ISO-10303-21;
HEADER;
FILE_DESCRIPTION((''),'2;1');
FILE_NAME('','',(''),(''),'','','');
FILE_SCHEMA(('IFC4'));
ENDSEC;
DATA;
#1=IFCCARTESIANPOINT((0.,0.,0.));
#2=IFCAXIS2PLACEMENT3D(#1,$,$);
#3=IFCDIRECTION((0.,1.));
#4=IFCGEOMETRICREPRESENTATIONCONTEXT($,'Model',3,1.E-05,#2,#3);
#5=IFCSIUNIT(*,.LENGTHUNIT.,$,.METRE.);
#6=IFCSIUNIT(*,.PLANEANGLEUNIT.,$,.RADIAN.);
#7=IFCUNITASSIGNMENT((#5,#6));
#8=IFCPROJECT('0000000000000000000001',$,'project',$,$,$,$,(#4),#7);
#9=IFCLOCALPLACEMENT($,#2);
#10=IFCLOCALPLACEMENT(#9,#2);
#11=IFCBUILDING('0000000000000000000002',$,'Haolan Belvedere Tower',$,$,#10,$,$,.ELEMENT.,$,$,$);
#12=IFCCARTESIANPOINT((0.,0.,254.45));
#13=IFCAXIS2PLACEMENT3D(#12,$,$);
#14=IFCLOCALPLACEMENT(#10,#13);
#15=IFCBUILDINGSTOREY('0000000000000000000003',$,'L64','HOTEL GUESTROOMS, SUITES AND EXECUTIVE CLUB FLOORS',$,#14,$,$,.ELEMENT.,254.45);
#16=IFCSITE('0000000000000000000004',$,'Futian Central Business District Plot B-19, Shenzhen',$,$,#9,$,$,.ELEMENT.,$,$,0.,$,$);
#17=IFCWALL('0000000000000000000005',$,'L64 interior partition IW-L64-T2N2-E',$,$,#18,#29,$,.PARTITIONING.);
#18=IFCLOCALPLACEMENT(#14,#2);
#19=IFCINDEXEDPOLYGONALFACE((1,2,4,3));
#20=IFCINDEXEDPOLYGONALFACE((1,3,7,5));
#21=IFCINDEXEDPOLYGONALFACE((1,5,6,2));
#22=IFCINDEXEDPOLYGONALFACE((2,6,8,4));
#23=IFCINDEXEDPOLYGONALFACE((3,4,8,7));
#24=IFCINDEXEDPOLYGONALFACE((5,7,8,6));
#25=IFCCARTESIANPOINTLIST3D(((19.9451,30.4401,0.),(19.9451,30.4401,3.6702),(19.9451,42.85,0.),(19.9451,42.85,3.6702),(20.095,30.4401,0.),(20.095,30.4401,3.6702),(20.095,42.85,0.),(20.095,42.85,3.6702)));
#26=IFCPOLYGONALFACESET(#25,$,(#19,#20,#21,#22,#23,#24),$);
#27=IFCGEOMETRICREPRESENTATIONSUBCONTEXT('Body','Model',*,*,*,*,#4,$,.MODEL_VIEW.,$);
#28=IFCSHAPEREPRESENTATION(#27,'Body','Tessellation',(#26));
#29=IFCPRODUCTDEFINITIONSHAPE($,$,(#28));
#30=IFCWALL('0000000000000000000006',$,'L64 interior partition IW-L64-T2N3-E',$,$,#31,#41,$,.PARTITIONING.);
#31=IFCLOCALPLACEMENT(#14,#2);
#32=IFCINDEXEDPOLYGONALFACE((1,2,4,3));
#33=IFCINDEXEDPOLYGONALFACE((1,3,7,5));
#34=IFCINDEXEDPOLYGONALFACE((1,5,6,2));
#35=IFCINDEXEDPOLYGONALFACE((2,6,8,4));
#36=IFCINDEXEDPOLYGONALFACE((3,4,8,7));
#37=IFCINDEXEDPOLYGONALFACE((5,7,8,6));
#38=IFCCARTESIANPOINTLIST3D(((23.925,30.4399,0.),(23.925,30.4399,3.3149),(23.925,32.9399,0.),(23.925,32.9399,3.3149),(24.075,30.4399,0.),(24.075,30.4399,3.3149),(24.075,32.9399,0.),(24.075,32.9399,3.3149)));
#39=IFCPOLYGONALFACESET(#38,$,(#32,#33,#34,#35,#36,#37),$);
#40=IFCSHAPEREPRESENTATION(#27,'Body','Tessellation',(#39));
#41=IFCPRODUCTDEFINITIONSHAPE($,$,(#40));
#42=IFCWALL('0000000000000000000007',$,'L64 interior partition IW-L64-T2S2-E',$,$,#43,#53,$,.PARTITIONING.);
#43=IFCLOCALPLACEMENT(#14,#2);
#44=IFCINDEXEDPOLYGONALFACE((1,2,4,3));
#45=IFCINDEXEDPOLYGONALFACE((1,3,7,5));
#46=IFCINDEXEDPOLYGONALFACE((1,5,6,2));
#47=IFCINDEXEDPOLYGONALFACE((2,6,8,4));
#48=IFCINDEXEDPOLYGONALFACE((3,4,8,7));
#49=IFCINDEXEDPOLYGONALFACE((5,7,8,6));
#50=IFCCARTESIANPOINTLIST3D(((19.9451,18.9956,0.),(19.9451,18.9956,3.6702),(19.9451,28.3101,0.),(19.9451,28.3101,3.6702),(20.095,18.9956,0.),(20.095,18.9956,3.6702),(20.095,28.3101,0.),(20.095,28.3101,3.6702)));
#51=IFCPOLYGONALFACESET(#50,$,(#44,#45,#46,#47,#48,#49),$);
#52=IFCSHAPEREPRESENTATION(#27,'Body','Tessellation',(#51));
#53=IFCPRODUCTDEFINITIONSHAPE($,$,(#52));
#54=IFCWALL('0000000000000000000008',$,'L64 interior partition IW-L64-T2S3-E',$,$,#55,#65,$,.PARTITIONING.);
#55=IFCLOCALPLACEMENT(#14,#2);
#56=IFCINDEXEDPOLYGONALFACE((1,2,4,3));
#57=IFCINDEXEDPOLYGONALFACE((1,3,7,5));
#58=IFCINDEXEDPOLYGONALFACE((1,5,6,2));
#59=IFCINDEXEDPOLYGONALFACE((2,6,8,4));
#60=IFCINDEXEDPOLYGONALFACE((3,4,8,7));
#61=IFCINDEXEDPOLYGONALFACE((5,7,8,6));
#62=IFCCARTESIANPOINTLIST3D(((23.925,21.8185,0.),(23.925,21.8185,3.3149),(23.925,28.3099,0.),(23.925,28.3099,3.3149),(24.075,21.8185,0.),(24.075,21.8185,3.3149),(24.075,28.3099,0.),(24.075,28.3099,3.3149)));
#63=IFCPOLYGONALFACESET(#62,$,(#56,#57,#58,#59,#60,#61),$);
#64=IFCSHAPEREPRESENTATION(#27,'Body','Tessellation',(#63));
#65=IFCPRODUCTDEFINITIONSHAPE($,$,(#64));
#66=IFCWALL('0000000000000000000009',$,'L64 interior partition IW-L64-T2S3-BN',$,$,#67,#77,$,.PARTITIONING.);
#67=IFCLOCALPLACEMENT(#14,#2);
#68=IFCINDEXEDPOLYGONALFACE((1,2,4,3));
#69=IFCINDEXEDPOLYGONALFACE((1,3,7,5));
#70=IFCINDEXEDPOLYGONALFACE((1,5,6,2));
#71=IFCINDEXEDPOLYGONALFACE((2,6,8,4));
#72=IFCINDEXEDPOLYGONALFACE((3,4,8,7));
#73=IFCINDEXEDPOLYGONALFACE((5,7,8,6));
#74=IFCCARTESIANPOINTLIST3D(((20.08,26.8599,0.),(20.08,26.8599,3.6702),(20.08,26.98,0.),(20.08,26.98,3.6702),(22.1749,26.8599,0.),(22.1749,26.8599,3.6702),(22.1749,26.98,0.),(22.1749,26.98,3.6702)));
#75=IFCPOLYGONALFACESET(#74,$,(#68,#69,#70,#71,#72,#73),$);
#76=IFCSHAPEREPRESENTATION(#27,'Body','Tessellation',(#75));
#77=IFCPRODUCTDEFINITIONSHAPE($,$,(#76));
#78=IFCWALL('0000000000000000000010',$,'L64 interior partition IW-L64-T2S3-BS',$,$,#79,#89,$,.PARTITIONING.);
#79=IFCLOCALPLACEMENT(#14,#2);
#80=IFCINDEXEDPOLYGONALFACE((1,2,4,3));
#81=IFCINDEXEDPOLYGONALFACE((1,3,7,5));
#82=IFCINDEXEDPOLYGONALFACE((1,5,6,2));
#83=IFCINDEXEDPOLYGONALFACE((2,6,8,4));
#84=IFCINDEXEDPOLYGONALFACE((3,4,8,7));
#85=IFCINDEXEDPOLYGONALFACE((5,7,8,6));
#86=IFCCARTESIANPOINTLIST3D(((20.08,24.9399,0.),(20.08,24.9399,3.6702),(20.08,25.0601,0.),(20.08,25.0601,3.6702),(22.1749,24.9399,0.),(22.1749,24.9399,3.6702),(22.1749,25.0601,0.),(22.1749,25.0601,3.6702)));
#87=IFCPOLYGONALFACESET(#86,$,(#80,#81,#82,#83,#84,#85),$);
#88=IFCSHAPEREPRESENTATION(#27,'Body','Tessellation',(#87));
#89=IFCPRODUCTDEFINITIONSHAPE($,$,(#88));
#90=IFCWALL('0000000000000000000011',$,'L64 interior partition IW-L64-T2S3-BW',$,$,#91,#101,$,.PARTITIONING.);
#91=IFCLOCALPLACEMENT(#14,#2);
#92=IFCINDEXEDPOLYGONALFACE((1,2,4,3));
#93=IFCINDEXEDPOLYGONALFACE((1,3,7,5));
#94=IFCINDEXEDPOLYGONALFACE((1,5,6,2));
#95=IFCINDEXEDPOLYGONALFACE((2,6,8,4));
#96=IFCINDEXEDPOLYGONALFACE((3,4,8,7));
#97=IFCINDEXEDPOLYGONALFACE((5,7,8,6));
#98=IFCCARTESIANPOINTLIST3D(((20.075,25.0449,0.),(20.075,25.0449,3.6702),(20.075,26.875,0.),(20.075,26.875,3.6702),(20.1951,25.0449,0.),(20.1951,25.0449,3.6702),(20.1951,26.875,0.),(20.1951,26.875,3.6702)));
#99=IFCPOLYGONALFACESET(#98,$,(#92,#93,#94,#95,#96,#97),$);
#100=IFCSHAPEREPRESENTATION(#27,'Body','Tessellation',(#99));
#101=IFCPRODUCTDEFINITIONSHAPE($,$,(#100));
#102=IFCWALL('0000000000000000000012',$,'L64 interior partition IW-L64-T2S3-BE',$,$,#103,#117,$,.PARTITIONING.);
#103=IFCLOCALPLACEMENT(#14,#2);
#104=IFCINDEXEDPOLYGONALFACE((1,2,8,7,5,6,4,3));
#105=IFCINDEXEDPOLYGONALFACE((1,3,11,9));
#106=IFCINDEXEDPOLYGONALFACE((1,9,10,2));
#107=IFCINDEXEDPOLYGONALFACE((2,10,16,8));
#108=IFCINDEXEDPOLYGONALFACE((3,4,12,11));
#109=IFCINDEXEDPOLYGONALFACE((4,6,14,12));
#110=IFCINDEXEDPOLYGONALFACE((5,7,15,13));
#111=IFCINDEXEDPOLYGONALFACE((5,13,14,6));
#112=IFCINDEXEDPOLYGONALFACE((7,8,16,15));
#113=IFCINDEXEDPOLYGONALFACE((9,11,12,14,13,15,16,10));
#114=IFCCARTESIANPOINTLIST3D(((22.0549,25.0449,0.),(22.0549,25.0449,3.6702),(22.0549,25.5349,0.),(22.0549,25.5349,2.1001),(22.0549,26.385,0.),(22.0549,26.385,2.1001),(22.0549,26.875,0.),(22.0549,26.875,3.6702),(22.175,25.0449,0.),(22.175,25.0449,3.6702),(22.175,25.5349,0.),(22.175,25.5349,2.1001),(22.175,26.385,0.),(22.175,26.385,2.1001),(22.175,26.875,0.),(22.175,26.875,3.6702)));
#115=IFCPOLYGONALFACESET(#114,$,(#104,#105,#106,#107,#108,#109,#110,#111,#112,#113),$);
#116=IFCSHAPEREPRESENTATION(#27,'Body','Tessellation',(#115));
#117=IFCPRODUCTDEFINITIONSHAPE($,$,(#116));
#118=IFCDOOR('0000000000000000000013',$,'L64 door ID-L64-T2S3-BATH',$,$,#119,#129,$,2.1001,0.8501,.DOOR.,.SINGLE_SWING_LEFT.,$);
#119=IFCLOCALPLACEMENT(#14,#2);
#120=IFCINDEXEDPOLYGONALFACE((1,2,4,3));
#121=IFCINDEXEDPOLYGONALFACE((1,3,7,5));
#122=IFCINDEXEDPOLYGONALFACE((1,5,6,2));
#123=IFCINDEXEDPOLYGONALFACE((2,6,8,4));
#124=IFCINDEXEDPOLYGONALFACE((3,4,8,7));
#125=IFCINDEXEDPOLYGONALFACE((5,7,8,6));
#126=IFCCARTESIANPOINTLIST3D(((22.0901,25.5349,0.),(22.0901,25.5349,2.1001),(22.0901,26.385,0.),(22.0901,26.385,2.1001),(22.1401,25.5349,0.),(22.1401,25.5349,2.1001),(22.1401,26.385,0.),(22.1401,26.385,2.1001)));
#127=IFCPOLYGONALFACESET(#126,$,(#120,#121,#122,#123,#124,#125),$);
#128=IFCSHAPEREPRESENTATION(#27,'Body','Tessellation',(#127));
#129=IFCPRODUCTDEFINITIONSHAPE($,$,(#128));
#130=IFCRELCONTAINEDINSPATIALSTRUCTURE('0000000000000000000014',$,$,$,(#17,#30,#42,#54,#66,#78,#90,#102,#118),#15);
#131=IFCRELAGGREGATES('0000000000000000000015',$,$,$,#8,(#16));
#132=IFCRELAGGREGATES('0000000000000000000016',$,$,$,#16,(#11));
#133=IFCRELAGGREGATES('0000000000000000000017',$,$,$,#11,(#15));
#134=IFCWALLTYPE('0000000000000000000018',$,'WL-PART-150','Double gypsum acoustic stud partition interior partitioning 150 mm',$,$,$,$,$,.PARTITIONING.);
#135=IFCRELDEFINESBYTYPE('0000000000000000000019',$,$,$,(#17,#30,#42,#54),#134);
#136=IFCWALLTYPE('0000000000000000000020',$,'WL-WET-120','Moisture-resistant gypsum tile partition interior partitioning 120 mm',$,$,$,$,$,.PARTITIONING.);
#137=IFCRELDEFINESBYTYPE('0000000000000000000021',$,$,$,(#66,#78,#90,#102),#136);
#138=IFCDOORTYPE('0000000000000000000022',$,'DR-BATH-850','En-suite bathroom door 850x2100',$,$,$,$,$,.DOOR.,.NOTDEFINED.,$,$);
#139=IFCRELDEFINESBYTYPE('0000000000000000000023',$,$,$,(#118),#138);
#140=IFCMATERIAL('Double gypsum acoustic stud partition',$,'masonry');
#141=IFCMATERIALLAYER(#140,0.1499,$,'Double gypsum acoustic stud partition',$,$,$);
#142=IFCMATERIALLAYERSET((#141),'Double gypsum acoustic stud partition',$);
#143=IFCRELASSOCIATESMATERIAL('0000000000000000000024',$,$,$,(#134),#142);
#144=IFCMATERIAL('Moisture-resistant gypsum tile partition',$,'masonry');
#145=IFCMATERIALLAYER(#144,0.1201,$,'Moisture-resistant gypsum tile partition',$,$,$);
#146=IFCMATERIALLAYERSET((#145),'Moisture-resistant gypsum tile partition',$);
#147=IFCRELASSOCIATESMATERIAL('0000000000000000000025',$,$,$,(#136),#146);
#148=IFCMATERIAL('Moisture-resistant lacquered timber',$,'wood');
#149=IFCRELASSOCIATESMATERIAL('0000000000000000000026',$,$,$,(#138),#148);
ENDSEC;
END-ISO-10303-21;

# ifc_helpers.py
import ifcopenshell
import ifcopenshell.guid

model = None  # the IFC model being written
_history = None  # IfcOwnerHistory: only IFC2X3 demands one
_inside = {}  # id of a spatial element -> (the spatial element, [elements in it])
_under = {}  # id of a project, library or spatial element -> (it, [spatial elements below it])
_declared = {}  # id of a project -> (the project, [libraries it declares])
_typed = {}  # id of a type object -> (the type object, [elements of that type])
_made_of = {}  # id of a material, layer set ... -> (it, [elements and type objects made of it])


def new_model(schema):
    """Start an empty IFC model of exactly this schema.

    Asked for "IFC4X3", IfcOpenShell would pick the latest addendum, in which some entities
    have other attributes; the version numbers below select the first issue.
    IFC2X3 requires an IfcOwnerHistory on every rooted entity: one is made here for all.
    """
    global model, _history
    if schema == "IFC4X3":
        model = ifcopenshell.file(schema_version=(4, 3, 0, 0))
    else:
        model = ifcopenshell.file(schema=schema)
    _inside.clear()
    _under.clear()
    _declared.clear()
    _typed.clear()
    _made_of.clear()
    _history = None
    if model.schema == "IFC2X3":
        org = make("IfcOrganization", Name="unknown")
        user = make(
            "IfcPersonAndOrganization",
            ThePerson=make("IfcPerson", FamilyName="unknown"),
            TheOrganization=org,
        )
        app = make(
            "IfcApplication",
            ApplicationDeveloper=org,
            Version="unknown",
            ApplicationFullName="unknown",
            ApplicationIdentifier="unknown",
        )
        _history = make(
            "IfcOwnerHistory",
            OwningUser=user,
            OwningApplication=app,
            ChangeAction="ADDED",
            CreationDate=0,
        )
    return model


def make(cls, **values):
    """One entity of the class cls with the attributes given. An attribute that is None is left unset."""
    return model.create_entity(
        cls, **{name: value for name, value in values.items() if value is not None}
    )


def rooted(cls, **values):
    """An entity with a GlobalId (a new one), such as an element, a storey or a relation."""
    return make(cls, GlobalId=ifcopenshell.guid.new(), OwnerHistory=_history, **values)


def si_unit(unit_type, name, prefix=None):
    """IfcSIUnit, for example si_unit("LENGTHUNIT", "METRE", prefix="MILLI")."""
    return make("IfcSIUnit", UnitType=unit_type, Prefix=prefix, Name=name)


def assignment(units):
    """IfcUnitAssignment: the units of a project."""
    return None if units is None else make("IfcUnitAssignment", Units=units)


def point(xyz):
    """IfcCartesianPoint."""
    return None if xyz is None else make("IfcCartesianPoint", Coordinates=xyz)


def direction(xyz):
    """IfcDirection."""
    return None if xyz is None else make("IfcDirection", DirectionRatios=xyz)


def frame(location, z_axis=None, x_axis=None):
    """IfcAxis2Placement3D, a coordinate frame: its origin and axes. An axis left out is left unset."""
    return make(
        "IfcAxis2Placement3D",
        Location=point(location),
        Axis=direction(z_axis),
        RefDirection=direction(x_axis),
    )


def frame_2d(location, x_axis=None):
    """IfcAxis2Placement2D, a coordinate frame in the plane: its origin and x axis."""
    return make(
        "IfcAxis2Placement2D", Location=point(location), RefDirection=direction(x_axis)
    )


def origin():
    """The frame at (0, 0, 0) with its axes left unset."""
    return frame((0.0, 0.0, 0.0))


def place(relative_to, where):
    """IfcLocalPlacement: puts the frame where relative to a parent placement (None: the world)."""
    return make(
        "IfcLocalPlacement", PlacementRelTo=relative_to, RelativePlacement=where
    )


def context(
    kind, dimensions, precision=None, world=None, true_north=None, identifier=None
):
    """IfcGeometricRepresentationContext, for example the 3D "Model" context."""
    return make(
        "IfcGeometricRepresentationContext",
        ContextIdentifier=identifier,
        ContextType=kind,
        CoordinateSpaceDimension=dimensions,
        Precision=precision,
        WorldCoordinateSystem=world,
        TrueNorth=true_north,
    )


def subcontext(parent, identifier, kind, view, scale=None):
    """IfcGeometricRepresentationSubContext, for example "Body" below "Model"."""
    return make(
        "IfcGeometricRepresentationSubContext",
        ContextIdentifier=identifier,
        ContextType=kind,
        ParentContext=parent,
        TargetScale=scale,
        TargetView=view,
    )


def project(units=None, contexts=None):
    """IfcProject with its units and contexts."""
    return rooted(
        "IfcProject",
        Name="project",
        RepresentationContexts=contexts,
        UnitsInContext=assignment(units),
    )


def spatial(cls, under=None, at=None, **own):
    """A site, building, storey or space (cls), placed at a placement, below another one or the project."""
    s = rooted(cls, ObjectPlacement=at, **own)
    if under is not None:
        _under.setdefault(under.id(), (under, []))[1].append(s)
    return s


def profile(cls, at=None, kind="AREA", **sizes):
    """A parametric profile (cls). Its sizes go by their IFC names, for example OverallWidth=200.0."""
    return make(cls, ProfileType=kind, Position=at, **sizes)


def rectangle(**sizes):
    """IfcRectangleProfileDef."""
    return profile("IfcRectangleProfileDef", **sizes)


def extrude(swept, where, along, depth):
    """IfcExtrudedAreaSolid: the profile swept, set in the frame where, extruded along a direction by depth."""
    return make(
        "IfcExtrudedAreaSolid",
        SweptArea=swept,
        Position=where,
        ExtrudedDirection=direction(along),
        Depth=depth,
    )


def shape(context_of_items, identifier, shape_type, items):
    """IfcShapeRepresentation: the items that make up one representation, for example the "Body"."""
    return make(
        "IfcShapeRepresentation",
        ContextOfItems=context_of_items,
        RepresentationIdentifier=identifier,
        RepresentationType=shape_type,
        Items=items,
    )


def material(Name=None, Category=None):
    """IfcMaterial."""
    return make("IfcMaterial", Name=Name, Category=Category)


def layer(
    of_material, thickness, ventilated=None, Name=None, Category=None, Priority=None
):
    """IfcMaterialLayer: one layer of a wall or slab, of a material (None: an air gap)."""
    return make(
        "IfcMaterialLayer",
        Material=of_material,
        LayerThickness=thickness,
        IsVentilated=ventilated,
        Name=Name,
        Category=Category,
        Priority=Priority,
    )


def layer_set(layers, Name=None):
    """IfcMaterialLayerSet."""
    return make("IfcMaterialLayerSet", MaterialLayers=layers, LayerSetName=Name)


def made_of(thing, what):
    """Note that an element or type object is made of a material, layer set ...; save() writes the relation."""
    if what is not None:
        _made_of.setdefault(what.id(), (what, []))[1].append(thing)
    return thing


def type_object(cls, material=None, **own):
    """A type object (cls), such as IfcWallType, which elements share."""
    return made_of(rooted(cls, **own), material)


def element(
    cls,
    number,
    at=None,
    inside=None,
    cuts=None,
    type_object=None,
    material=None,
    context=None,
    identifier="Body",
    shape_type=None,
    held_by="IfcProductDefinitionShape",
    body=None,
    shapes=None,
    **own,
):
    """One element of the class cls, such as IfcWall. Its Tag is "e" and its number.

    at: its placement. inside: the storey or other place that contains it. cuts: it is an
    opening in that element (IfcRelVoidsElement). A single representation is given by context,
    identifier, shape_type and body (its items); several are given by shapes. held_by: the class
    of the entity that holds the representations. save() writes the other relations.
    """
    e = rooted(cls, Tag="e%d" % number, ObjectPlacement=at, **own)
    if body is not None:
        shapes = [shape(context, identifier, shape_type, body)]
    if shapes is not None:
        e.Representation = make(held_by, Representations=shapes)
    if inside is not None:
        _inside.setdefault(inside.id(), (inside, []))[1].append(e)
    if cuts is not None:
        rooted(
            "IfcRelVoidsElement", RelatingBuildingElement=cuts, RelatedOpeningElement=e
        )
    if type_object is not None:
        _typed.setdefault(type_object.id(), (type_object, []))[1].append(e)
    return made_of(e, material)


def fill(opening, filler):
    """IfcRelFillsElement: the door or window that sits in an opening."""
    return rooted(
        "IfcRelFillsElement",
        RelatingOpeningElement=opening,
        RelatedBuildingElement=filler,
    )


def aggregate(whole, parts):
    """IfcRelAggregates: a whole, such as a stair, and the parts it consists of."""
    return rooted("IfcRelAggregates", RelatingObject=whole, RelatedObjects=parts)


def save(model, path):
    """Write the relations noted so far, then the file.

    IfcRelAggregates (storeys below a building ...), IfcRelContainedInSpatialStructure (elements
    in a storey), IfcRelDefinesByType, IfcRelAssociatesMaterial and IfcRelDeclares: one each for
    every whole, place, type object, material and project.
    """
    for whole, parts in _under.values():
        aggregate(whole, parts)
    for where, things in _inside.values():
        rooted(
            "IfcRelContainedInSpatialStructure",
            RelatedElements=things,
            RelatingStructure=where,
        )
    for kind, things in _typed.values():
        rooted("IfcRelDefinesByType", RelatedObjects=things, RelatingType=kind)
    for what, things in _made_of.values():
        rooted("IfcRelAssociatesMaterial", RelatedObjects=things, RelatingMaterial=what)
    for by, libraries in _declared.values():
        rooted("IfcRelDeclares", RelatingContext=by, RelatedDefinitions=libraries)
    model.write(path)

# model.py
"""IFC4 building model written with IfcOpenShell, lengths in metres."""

from ifc_helpers import new_model, si_unit, direction, frame, frame_2d, origin, place, context, subcontext, project, spatial, rectangle, extrude, material, layer, layer_set, type_object, element, fill, save


model = new_model("IFC4")

# Units and contexts
model_context = context("Model", 3, precision=1e-05, world=origin(), true_north=direction((0.0, 1.0)))
body_context = subcontext(model_context, "Body", "Model", "MODEL_VIEW")
ifc_project = project(units=[si_unit("LENGTHUNIT", "METRE"), si_unit("PLANEANGLEUNIT", "RADIAN")], contexts=[model_context])

# Site, building, storey
site_placement = place(None, origin())
site = spatial("IfcSite", under=ifc_project, at=site_placement, Name="Futian Central Business District Plot B-19, Shenzhen", CompositionType="ELEMENT", RefElevation=0.0)
building_placement = place(site_placement, origin())
building = spatial("IfcBuilding", under=site, at=building_placement, Name="Haolan Belvedere Tower", CompositionType="ELEMENT")
storey_placement = place(building_placement, frame((0.0, 0.0, 254.45)))
storey = spatial("IfcBuildingStorey", under=building, at=storey_placement, Name="L64", Description="HOTEL GUESTROOMS, SUITES AND EXECUTIVE CLUB FLOORS", CompositionType="ELEMENT", Elevation=254.45)

# Wall
ifc_material_1 = material(Name="Double gypsum acoustic stud partition", Category="masonry")
ifc_layer_1 = layer(ifc_material_1, 0.1499, Name="Double gypsum acoustic stud partition")
ifc_layer_set_1 = layer_set([ifc_layer_1], Name="Double gypsum acoustic stud partition")
wall_type_1 = type_object("IfcWallType", Name="WL-PART-150", Description="Double gypsum acoustic stud partition interior partitioning 150 mm", PredefinedType="PARTITIONING", material=ifc_layer_set_1)
wall_1_placement = place(storey_placement, frame((20.02, 30.4399, 0.0), z_axis=(0.0, 0.0, 1.0), x_axis=(0.0, 1.0, 0.0)))
element("IfcWall", 1, at=wall_1_placement, inside=storey, type_object=wall_type_1, Name="L64 interior partition IW-L64-T2N2-E", PredefinedType="PARTITIONING", context=body_context, shape_type="SweptSolid", body=[
    extrude(rectangle(XDim=12.4099, YDim=0.1499, at=frame_2d((6.2051, 0.0))), origin(), (0.0, 0.0, 1.0), 3.6702),
])

# Walls
wall_2_placement = place(storey_placement, frame((24.0, 30.4399, 0.0), z_axis=(0.0, 0.0, 1.0), x_axis=(0.0, 1.0, 0.0)))
element("IfcWall", 2, at=wall_2_placement, inside=storey, type_object=wall_type_1, Name="L64 interior partition IW-L64-T2N3-E", PredefinedType="PARTITIONING", context=body_context, shape_type="SweptSolid", body=[
    extrude(rectangle(XDim=2.5, YDim=0.1499, at=frame_2d((1.25, 0.0))), origin(), (0.0, 0.0, 1.0), 3.3149),
])
wall_3_placement = place(storey_placement, frame((20.02, 18.9956, 0.0), z_axis=(0.0, 0.0, 1.0), x_axis=(0.0, 1.0, 0.0)))
element("IfcWall", 3, at=wall_3_placement, inside=storey, type_object=wall_type_1, Name="L64 interior partition IW-L64-T2S2-E", PredefinedType="PARTITIONING", context=body_context, shape_type="SweptSolid", body=[
    extrude(rectangle(XDim=9.3145, YDim=0.1499, at=frame_2d((4.6572, 0.0))), origin(), (0.0, 0.0, 1.0), 3.6702),
])

# Walls
wall_4_placement = place(storey_placement, frame((24.0, 21.8186, 0.0), z_axis=(0.0, 0.0, 1.0), x_axis=(0.0, 1.0, 0.0)))
element("IfcWall", 4, at=wall_4_placement, inside=storey, type_object=wall_type_1, Name="L64 interior partition IW-L64-T2S3-E", PredefinedType="PARTITIONING", context=body_context, shape_type="SweptSolid", body=[
    extrude(rectangle(XDim=6.4915, YDim=0.1499, at=frame_2d((3.2456, 0.0))), origin(), (0.0, 0.0, 1.0), 3.3149),
])
ifc_material_2 = material(Name="Moisture-resistant gypsum tile partition", Category="masonry")
ifc_layer_2 = layer(ifc_material_2, 0.1201, Name="Moisture-resistant gypsum tile partition")
ifc_layer_set_2 = layer_set([ifc_layer_2], Name="Moisture-resistant gypsum tile partition")
wall_type_2 = type_object("IfcWallType", Name="WL-WET-120", Description="Moisture-resistant gypsum tile partition interior partitioning 120 mm", PredefinedType="PARTITIONING", material=ifc_layer_set_2)
for number, where, z_axis, x_axis, name in (
    (5, (20.0801, 26.9199, 0.0), (0.0, 0.0, 1.0), (1.0, 0.0, 0.0), "L64 interior partition IW-L64-T2S3-BN"),
    (6, (20.0801, 25.0, 0.0), (0.0, 0.0, 1.0), (1.0, 0.0, 0.0), "L64 interior partition IW-L64-T2S3-BS"),
):
    element("IfcWall", number, at=place(storey_placement, frame(where, z_axis=z_axis, x_axis=x_axis)), inside=storey, type_object=wall_type_2, Name=name, PredefinedType="PARTITIONING", context=body_context, shape_type="SweptSolid", body=[
        extrude(rectangle(XDim=2.095, YDim=0.1201, at=frame_2d((1.0474, 0.0))), origin(), (0.0, 0.0, 1.0), 3.6702),
    ])
wall_5_placement = place(storey_placement, frame((20.135, 25.0449, 0.0), z_axis=(0.0, 0.0, 1.0), x_axis=(0.0, 1.0, 0.0)))
element("IfcWall", 7, at=wall_5_placement, inside=storey, type_object=wall_type_2, Name="L64 interior partition IW-L64-T2S3-BW", PredefinedType="PARTITIONING", context=body_context, shape_type="SweptSolid", body=[
    extrude(rectangle(XDim=1.8301, YDim=0.1201, at=frame_2d((0.915, 0.0))), origin(), (0.0, 0.0, 1.0), 3.6702),
])

# Wall, opening, door
wall_6_placement = place(storey_placement, frame((22.115, 25.0449, 0.0), z_axis=(0.0, 0.0, 1.0), x_axis=(0.0, 1.0, 0.0)))
wall_6 = element("IfcWall", 8, at=wall_6_placement, inside=storey, type_object=wall_type_2, Name="L64 interior partition IW-L64-T2S3-BE", PredefinedType="PARTITIONING", context=body_context, shape_type="SweptSolid", body=[
    extrude(rectangle(XDim=1.8301, YDim=0.1201, at=frame_2d((0.915, 0.0))), origin(), (0.0, 0.0, 1.0), 3.6702),
])
opening_1_placement = place(wall_6_placement, frame((0.49, 0.0, 0.0)))
opening_1 = element("IfcOpeningElement", 9, at=opening_1_placement, cuts=wall_6, PredefinedType="OPENING", context=body_context, shape_type="SweptSolid", body=[
    extrude(rectangle(XDim=0.8501, YDim=2.1001, at=frame_2d((0.425, 1.05))), frame((0.0, 0.0701, 0.0), z_axis=(0.0, -1.0, 0.0), x_axis=(1.0, 0.0, 0.0)), (0.0, 0.0, 1.0), 0.1401),
])
ifc_material_3 = material(Name="Moisture-resistant lacquered timber", Category="wood")
door_type_1 = type_object("IfcDoorType", Name="DR-BATH-850", Description="En-suite bathroom door 850x2100", OperationType="NOTDEFINED", PredefinedType="DOOR", material=ifc_material_3)
door_1_placement = place(opening_1_placement, origin())
door_1 = element("IfcDoor", 10, at=door_1_placement, inside=storey, type_object=door_type_1, Name="L64 door ID-L64-T2S3-BATH", OperationType="SINGLE_SWING_LEFT", OverallHeight=2.1001, OverallWidth=0.8501, PredefinedType="DOOR", context=body_context, shape_type="SweptSolid", body=[
    extrude(rectangle(XDim=0.8501, YDim=2.1001, at=frame_2d((0.425, 1.05))), frame((0.0, 0.0249, 0.0), z_axis=(0.0, -1.0, 0.0), x_axis=(1.0, 0.0, 0.0)), (0.0, 0.0, 1.0), 0.05),
])
fill(opening_1, door_1)

save(model, "model.ifc")
